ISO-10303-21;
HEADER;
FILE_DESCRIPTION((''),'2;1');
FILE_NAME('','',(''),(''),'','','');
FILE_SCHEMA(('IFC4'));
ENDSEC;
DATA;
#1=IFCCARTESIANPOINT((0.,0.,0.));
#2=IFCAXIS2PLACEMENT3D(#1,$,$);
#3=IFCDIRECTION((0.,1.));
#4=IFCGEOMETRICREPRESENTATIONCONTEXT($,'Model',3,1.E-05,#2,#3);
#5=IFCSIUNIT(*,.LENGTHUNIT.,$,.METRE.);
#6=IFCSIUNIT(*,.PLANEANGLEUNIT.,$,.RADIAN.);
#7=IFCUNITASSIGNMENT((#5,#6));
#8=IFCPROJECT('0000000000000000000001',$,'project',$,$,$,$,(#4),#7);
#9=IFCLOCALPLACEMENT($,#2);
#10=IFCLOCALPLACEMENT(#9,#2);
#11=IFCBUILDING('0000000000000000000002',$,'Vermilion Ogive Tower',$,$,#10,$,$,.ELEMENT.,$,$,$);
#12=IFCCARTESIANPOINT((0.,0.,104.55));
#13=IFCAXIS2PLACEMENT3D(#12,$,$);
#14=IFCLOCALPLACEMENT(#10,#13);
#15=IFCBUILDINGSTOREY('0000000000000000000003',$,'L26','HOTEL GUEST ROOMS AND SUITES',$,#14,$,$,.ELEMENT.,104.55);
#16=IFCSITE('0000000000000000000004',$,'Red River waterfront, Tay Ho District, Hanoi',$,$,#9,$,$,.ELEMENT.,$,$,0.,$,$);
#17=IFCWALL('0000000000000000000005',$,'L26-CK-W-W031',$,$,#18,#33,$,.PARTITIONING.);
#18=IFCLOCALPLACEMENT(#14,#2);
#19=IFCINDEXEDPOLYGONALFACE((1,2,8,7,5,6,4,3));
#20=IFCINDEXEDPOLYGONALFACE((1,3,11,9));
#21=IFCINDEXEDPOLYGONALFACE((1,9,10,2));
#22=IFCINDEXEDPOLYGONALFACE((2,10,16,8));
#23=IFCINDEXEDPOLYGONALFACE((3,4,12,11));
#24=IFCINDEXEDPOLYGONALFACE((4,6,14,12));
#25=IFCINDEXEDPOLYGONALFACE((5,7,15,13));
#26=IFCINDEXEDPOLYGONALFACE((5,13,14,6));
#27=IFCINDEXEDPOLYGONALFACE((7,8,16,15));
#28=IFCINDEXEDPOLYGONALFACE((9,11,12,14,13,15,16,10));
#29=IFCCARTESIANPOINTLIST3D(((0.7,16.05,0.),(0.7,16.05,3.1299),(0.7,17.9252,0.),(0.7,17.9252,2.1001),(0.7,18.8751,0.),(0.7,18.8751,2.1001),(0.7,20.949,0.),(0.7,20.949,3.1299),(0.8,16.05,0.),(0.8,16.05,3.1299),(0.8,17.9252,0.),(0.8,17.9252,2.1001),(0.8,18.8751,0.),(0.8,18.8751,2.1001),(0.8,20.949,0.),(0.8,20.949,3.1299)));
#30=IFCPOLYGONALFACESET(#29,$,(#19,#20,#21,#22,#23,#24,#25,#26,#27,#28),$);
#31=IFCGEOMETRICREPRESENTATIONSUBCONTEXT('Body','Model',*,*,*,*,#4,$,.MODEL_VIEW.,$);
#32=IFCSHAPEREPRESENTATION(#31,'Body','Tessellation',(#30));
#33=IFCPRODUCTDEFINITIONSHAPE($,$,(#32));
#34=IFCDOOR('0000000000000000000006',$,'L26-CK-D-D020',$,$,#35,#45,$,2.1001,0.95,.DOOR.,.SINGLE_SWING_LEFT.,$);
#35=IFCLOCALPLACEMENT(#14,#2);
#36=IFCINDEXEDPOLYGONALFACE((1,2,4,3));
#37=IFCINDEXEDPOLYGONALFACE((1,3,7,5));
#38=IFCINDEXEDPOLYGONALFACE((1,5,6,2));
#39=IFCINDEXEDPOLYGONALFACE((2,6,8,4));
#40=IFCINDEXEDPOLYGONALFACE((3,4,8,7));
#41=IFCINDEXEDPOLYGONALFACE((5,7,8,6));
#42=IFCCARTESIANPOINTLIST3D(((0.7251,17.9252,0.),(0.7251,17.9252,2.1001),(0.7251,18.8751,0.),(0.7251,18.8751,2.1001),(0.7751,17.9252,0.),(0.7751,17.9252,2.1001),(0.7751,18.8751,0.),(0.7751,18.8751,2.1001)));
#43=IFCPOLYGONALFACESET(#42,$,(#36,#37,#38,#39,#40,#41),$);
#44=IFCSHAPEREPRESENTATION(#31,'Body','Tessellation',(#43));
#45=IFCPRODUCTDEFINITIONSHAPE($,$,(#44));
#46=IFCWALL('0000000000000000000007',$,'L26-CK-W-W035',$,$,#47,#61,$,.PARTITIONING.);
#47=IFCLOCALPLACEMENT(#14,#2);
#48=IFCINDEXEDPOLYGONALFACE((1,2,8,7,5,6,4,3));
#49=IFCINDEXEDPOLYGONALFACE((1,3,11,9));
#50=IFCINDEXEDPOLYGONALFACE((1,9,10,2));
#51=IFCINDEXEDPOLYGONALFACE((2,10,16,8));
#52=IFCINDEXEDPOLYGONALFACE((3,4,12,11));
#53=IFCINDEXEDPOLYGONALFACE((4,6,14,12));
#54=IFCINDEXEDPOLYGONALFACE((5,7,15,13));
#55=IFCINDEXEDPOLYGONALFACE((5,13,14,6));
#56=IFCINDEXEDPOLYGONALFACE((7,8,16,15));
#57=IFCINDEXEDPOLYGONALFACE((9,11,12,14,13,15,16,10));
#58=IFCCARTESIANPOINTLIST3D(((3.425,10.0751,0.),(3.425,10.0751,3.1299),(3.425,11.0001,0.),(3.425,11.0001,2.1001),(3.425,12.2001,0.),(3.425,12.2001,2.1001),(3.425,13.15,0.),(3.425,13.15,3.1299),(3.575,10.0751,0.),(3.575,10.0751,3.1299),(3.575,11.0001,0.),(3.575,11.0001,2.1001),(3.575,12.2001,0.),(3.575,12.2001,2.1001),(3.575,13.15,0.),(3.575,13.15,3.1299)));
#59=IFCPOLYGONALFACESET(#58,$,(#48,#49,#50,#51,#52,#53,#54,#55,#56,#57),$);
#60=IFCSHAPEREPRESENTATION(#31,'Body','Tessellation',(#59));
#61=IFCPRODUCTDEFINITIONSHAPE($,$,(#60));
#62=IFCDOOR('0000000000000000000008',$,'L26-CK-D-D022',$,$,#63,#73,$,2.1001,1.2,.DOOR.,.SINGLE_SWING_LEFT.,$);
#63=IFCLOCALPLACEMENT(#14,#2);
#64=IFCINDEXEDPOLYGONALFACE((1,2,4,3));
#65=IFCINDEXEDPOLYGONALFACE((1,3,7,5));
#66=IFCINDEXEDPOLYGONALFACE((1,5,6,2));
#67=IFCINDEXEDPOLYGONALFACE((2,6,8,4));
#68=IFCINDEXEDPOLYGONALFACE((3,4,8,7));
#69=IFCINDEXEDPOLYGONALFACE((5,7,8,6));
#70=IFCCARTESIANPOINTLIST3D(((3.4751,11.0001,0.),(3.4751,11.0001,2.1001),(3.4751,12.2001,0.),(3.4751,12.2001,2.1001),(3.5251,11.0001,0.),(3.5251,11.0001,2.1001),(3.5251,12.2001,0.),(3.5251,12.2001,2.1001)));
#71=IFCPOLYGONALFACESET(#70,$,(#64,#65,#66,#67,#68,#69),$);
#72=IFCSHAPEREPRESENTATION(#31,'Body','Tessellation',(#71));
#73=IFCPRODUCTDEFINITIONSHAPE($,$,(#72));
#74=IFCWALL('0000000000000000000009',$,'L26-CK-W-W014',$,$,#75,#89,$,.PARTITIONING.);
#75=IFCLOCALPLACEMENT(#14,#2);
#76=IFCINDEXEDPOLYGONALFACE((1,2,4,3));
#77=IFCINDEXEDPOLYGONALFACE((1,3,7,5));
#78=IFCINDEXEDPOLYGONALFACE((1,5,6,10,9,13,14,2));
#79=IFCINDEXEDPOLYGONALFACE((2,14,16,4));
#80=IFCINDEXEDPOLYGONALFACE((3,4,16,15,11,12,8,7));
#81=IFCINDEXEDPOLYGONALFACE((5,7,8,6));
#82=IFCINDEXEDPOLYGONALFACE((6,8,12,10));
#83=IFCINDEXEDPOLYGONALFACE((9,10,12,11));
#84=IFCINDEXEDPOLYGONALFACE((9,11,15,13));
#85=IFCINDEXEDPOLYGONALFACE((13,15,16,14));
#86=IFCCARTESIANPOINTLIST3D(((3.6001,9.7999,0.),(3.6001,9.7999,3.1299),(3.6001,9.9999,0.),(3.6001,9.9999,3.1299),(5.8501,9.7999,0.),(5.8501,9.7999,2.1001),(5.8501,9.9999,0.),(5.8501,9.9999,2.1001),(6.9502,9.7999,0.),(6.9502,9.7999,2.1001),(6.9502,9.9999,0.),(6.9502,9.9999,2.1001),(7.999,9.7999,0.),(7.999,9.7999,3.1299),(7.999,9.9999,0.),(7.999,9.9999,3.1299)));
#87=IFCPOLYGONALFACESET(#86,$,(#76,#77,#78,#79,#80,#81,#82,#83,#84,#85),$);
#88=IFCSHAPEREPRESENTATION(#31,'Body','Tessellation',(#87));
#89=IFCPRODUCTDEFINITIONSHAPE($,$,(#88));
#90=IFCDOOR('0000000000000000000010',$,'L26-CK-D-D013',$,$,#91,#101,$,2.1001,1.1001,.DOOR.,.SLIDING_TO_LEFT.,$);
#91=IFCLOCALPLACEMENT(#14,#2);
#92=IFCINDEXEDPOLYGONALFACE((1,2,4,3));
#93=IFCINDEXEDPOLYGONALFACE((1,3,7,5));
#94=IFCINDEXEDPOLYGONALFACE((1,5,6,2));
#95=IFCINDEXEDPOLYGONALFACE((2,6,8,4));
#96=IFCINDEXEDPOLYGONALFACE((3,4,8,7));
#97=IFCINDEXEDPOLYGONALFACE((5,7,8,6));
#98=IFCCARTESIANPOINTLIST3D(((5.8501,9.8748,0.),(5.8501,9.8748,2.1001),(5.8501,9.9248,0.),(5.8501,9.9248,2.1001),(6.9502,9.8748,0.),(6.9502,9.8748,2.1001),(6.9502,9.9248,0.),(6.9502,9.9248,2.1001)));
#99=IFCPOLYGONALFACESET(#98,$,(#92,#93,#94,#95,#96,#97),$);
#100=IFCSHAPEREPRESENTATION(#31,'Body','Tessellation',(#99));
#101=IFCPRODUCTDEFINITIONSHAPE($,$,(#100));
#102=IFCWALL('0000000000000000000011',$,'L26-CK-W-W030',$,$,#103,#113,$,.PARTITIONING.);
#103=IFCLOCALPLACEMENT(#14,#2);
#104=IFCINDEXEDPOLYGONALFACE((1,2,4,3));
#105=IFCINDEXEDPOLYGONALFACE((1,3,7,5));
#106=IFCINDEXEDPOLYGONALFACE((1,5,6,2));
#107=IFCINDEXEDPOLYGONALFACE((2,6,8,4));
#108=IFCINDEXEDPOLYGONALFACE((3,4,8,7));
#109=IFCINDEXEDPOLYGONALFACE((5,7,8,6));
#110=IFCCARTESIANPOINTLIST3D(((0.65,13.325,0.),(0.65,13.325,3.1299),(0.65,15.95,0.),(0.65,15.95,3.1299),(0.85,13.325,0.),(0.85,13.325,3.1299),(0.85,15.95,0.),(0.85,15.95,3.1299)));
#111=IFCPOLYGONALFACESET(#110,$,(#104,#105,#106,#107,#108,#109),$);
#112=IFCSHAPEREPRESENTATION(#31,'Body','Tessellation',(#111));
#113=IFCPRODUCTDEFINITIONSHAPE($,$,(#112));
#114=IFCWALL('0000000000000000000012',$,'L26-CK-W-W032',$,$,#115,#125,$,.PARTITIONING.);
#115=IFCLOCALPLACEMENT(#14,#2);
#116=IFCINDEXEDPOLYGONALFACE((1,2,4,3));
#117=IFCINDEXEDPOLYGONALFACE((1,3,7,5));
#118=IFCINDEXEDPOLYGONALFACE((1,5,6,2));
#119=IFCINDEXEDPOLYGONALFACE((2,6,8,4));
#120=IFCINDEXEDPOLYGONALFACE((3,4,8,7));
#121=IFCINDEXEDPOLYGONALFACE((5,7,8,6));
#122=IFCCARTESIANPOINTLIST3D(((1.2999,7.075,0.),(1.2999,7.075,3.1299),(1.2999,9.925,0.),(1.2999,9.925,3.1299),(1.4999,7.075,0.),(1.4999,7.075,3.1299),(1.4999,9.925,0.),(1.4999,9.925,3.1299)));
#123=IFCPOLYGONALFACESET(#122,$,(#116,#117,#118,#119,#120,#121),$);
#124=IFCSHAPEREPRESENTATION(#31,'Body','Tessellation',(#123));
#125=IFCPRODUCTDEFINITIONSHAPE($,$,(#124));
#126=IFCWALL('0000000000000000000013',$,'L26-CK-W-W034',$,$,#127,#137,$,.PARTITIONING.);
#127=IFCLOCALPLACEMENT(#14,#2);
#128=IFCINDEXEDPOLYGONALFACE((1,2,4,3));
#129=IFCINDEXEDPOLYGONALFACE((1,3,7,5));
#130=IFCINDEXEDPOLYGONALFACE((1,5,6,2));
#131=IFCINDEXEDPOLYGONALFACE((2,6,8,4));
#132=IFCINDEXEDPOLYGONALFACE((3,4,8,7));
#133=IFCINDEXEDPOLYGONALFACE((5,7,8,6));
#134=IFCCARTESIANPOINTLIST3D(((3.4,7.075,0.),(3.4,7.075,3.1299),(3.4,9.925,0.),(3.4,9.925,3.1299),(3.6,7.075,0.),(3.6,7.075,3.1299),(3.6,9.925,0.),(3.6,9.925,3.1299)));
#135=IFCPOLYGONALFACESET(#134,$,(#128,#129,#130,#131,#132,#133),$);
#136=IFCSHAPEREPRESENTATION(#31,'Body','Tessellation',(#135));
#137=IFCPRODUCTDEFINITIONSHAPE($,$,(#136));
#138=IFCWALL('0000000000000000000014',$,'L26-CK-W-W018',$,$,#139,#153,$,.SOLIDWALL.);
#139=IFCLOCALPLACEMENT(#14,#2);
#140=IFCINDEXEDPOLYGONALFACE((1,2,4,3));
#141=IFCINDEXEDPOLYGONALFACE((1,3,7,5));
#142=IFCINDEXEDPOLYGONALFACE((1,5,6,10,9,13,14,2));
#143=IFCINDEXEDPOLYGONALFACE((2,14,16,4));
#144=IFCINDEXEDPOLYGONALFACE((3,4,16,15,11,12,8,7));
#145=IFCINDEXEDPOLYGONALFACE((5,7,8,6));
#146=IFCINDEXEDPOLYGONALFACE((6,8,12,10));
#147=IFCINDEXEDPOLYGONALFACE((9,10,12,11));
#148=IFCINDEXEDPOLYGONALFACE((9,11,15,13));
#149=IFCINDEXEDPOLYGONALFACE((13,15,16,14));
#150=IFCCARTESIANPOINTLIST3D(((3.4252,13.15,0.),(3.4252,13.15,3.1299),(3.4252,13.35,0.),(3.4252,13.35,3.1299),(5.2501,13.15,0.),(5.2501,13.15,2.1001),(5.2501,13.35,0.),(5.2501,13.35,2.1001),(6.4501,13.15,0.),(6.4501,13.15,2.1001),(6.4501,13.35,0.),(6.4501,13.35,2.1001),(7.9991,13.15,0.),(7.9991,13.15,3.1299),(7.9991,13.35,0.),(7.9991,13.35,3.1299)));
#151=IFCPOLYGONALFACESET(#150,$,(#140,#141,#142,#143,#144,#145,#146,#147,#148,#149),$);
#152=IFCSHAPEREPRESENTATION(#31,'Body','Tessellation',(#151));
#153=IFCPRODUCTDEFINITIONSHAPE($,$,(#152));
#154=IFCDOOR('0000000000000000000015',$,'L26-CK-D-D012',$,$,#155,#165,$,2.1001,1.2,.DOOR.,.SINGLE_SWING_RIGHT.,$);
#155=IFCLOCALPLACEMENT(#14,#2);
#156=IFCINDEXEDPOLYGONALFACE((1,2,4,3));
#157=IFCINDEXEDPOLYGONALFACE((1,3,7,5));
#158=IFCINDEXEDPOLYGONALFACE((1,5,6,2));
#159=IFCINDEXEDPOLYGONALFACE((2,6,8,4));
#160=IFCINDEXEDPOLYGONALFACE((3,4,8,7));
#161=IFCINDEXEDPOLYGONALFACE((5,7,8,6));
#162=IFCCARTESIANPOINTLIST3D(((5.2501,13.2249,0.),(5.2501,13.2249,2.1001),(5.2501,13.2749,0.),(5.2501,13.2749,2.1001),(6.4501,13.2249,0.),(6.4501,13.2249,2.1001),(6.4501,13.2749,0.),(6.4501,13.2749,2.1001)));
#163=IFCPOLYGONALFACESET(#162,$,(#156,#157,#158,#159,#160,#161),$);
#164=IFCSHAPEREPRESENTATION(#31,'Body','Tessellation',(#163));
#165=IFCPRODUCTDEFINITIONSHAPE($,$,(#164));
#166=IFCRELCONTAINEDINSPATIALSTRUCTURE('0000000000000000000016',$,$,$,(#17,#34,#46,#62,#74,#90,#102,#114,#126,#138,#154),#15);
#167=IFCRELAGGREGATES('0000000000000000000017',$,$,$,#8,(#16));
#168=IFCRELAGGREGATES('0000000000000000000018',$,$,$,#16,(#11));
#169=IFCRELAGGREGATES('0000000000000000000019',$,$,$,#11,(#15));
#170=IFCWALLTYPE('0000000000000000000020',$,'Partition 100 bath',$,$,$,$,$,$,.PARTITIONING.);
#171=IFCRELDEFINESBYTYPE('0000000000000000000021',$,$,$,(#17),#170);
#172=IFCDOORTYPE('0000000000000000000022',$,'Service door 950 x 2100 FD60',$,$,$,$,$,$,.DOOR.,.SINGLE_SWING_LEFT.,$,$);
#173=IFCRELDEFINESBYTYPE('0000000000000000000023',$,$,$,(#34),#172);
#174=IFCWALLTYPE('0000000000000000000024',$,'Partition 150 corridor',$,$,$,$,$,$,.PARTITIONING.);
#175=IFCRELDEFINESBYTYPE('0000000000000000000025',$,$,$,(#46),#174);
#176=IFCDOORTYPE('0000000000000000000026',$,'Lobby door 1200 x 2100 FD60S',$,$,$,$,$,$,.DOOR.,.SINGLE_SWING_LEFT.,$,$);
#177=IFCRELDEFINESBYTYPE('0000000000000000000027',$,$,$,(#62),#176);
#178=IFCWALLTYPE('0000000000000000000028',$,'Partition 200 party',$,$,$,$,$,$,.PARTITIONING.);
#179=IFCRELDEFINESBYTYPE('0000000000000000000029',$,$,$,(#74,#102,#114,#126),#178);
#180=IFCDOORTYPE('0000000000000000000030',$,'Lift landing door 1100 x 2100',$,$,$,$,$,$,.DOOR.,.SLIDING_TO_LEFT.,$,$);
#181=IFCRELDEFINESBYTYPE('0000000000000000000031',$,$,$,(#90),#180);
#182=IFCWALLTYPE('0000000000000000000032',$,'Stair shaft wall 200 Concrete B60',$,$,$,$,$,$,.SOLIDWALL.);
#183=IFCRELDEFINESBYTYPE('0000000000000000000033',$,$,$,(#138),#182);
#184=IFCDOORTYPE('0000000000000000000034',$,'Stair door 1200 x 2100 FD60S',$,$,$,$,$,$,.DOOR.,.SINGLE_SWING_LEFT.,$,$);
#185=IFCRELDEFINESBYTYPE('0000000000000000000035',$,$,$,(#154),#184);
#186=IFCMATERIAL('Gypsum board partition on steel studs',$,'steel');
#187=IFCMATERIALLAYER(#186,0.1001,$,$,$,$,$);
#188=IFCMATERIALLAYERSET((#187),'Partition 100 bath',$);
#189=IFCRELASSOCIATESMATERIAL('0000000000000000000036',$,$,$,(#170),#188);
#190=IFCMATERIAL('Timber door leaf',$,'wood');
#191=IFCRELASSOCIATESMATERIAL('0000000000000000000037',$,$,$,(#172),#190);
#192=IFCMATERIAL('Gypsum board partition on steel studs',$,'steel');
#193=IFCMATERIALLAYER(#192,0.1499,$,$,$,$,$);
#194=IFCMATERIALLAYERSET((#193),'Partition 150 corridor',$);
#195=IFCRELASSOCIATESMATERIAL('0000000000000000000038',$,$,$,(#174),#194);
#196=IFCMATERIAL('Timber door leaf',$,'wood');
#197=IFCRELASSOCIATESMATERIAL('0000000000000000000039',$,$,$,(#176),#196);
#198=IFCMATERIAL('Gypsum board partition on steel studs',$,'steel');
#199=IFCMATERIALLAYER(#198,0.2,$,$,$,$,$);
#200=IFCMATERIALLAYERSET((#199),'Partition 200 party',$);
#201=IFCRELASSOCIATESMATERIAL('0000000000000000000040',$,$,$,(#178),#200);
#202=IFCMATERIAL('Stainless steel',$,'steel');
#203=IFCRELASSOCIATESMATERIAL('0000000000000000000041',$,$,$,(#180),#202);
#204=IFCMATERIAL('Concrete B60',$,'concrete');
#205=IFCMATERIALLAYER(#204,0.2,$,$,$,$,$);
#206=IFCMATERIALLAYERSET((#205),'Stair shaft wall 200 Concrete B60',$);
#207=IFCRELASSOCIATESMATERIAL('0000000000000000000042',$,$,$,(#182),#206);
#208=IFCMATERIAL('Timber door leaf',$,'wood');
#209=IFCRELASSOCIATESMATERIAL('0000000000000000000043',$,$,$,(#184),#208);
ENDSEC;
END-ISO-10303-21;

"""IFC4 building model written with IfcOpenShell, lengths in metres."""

from ifc_helpers import new_model, si_unit, direction, frame, frame_2d, origin, place, context, subcontext, project, spatial, rectangle, extrude, material, layer, layer_set, type_object, element, fill, save


model = new_model("IFC4")

# Units and contexts
model_context = context("Model", 3, precision=1e-05, world=origin(), true_north=direction((0.0, 1.0)))
body_context = subcontext(model_context, "Body", "Model", "MODEL_VIEW")
ifc_project = project(units=[si_unit("LENGTHUNIT", "METRE"), si_unit("PLANEANGLEUNIT", "RADIAN")], contexts=[model_context])

# Site, building, storey
site_placement = place(None, origin())
site = spatial("IfcSite", under=ifc_project, at=site_placement, Name="Red River waterfront, Tay Ho District, Hanoi", CompositionType="ELEMENT", RefElevation=0.0)
building_placement = place(site_placement, origin())
building = spatial("IfcBuilding", under=site, at=building_placement, Name="Vermilion Ogive Tower", CompositionType="ELEMENT")
storey_placement = place(building_placement, frame((0.0, 0.0, 104.55)))
storey = spatial("IfcBuildingStorey", under=building, at=storey_placement, Name="L26", Description="HOTEL GUEST ROOMS AND SUITES", CompositionType="ELEMENT", Elevation=104.55)

# Shared definitions
ifc_material_1 = material(Name="Gypsum board partition on steel studs", Category="steel")
ifc_layer_1 = layer(ifc_material_1, 0.1001)
ifc_layer_set_1 = layer_set([ifc_layer_1], Name="Partition 100 bath")
wall_type_1 = type_object("IfcWallType", Name="Partition 100 bath", PredefinedType="PARTITIONING", material=ifc_layer_set_1)

# Walls, openings, doors
wall_1_placement = place(storey_placement, frame((0.75, 16.05, 0.0), z_axis=(0.0, 0.0, 1.0), x_axis=(0.0, 1.0, 0.0)))
wall_1 = element("IfcWall", 1, at=wall_1_placement, inside=storey, type_object=wall_type_1, Name="L26-CK-W-W031", PredefinedType="PARTITIONING", context=body_context, shape_type="SweptSolid", body=[
    extrude(rectangle(XDim=4.8989, YDim=0.1001, at=frame_2d((2.4495, 0.0))), origin(), (0.0, 0.0, 1.0), 3.1299),
])
opening_1_placement = place(wall_1_placement, frame((1.875, 0.0, 0.0)))
opening_1 = element("IfcOpeningElement", 2, at=opening_1_placement, cuts=wall_1, PredefinedType="OPENING", context=body_context, shape_type="SweptSolid", body=[
    extrude(rectangle(XDim=0.95, YDim=2.1001, at=frame_2d((0.4751, 1.05))), frame((0.0, 0.0601, 0.0), z_axis=(0.0, -1.0, 0.0), x_axis=(1.0, 0.0, 0.0)), (0.0, 0.0, 1.0), 0.1201),
])
ifc_material_2 = material(Name="Timber door leaf", Category="wood")
door_type_1 = type_object("IfcDoorType", Name="Service door 950 x 2100 FD60", OperationType="SINGLE_SWING_LEFT", PredefinedType="DOOR", material=ifc_material_2)
door_1_placement = place(opening_1_placement, origin())
door_1 = element("IfcDoor", 3, at=door_1_placement, inside=storey, type_object=door_type_1, Name="L26-CK-D-D020", OperationType="SINGLE_SWING_LEFT", OverallHeight=2.1001, OverallWidth=0.95, PredefinedType="DOOR", context=body_context, shape_type="SweptSolid", body=[
    extrude(rectangle(XDim=0.95, YDim=2.1001, at=frame_2d((0.4751, 1.05))), frame((0.0, 0.0249, 0.0), z_axis=(0.0, -1.0, 0.0), x_axis=(1.0, 0.0, 0.0)), (0.0, 0.0, 1.0), 0.05),
])
fill(opening_1, door_1)
ifc_material_3 = material(Name="Gypsum board partition on steel studs", Category="steel")
ifc_layer_2 = layer(ifc_material_3, 0.1499)
ifc_layer_set_2 = layer_set([ifc_layer_2], Name="Partition 150 corridor")
wall_type_2 = type_object("IfcWallType", Name="Partition 150 corridor", PredefinedType="PARTITIONING", material=ifc_layer_set_2)
wall_2_placement = place(storey_placement, frame((3.5, 10.075, 0.0), z_axis=(0.0, 0.0, 1.0), x_axis=(0.0, 1.0, 0.0)))
wall_2 = element("IfcWall", 4, at=wall_2_placement, inside=storey, type_object=wall_type_2, Name="L26-CK-W-W035", PredefinedType="PARTITIONING", context=body_context, shape_type="SweptSolid", body=[
    extrude(rectangle(XDim=3.075, YDim=0.1499, at=frame_2d((1.5376, 0.0))), origin(), (0.0, 0.0, 1.0), 3.1299),
])
opening_2_placement = place(wall_2_placement, frame((0.925, 0.0, 0.0)))
opening_2 = element("IfcOpeningElement", 5, at=opening_2_placement, cuts=wall_2, PredefinedType="OPENING", context=body_context, shape_type="SweptSolid", body=[
    extrude(rectangle(XDim=1.2, YDim=2.1001, at=frame_2d((0.6001, 1.05))), frame((0.0, 0.085, 0.0), z_axis=(0.0, -1.0, 0.0), x_axis=(1.0, 0.0, 0.0)), (0.0, 0.0, 1.0), 0.1699),
])
ifc_material_4 = material(Name="Timber door leaf", Category="wood")
door_type_2 = type_object("IfcDoorType", Name="Lobby door 1200 x 2100 FD60S", OperationType="SINGLE_SWING_LEFT", PredefinedType="DOOR", material=ifc_material_4)
door_2_placement = place(opening_2_placement, origin())
door_2 = element("IfcDoor", 6, at=door_2_placement, inside=storey, type_object=door_type_2, Name="L26-CK-D-D022", OperationType="SINGLE_SWING_LEFT", OverallHeight=2.1001, OverallWidth=1.2, PredefinedType="DOOR", context=body_context, shape_type="SweptSolid", body=[
    extrude(rectangle(XDim=1.2, YDim=2.1001, at=frame_2d((0.6001, 1.05))), frame((0.0, 0.0249, 0.0), z_axis=(0.0, -1.0, 0.0), x_axis=(1.0, 0.0, 0.0)), (0.0, 0.0, 1.0), 0.05),
])
fill(opening_2, door_2)
ifc_material_5 = material(Name="Gypsum board partition on steel studs", Category="steel")
ifc_layer_3 = layer(ifc_material_5, 0.2)
ifc_layer_set_3 = layer_set([ifc_layer_3], Name="Partition 200 party")
wall_type_3 = type_object("IfcWallType", Name="Partition 200 party", PredefinedType="PARTITIONING", material=ifc_layer_set_3)
wall_3_placement = place(storey_placement, frame((3.6001, 9.8999, 0.0), z_axis=(0.0, 0.0, 1.0), x_axis=(1.0, 0.0, 0.0)))
wall_3 = element("IfcWall", 7, at=wall_3_placement, inside=storey, type_object=wall_type_3, Name="L26-CK-W-W014", PredefinedType="PARTITIONING", context=body_context, shape_type="SweptSolid", body=[
    extrude(rectangle(XDim=4.3989, YDim=0.2, at=frame_2d((2.1995, 0.0))), origin(), (0.0, 0.0, 1.0), 3.1299),
])
opening_3_placement = place(wall_3_placement, frame((2.25, 0.0, 0.0)))
opening_3 = element("IfcOpeningElement", 8, at=opening_3_placement, cuts=wall_3, PredefinedType="OPENING", context=body_context, shape_type="SweptSolid", body=[
    extrude(rectangle(XDim=1.1001, YDim=2.1001, at=frame_2d((0.55, 1.05))), frame((0.0, 0.1099, 0.0), z_axis=(0.0, -1.0, 0.0), x_axis=(1.0, 0.0, 0.0)), (0.0, 0.0, 1.0), 0.22),
])
ifc_material_6 = material(Name="Stainless steel", Category="steel")
door_type_3 = type_object("IfcDoorType", Name="Lift landing door 1100 x 2100", OperationType="SLIDING_TO_LEFT", PredefinedType="DOOR", material=ifc_material_6)
door_3_placement = place(opening_3_placement, origin())
door_3 = element("IfcDoor", 9, at=door_3_placement, inside=storey, type_object=door_type_3, Name="L26-CK-D-D013", OperationType="SLIDING_TO_LEFT", OverallHeight=2.1001, OverallWidth=1.1001, PredefinedType="DOOR", context=body_context, shape_type="SweptSolid", body=[
    extrude(rectangle(XDim=1.1001, YDim=2.1001, at=frame_2d((0.55, 1.05))), frame((0.0, 0.0249, 0.0), z_axis=(0.0, -1.0, 0.0), x_axis=(1.0, 0.0, 0.0)), (0.0, 0.0, 1.0), 0.05),
])
fill(opening_3, door_3)

# Walls
wall_4_placement = place(storey_placement, frame((0.75, 13.325, 0.0), z_axis=(0.0, 0.0, 1.0), x_axis=(0.0, 1.0, 0.0)))
element("IfcWall", 10, at=wall_4_placement, inside=storey, type_object=wall_type_3, Name="L26-CK-W-W030", PredefinedType="PARTITIONING", context=body_context, shape_type="SweptSolid", body=[
    extrude(rectangle(XDim=2.625, YDim=0.2, at=frame_2d((1.3125, 0.0))), origin(), (0.0, 0.0, 1.0), 3.1299),
])
for number, where, z_axis, x_axis, name in (
    (11, (1.3999, 7.075, 0.0), (0.0, 0.0, 1.0), (0.0, 1.0, 0.0), "L26-CK-W-W032"),
    (12, (3.5, 7.075, 0.0), (0.0, 0.0, 1.0), (0.0, 1.0, 0.0), "L26-CK-W-W034"),
):
    element("IfcWall", number, at=place(storey_placement, frame(where, z_axis=z_axis, x_axis=x_axis)), inside=storey, type_object=wall_type_3, Name=name, PredefinedType="PARTITIONING", context=body_context, shape_type="SweptSolid", body=[
        extrude(rectangle(XDim=2.8501, YDim=0.2, at=frame_2d((1.425, 0.0))), origin(), (0.0, 0.0, 1.0), 3.1299),
    ])

# Wall, opening, door
ifc_material_7 = material(Name="Concrete B60", Category="concrete")
ifc_layer_4 = layer(ifc_material_7, 0.2)
ifc_layer_set_4 = layer_set([ifc_layer_4], Name="Stair shaft wall 200 Concrete B60")
wall_type_4 = type_object("IfcWallType", Name="Stair shaft wall 200 Concrete B60", PredefinedType="SOLIDWALL", material=ifc_layer_set_4)
wall_5_placement = place(storey_placement, frame((3.425, 13.25, 0.0), z_axis=(0.0, 0.0, 1.0), x_axis=(1.0, 0.0, 0.0)))
wall_5 = element("IfcWall", 13, at=wall_5_placement, inside=storey, type_object=wall_type_4, Name="L26-CK-W-W018", PredefinedType="SOLIDWALL", context=body_context, shape_type="SweptSolid", body=[
    extrude(rectangle(XDim=4.574, YDim=0.2, at=frame_2d((2.2871, 0.0))), origin(), (0.0, 0.0, 1.0), 3.1299),
])
opening_4_placement = place(wall_5_placement, frame((1.825, 0.0, 0.0)))
opening_4 = element("IfcOpeningElement", 14, at=opening_4_placement, cuts=wall_5, PredefinedType="OPENING", context=body_context, shape_type="SweptSolid", body=[
    extrude(rectangle(XDim=1.2, YDim=2.1001, at=frame_2d((0.6001, 1.05))), frame((0.0, 0.1099, 0.0), z_axis=(0.0, -1.0, 0.0), x_axis=(1.0, 0.0, 0.0)), (0.0, 0.0, 1.0), 0.22),
])
ifc_material_8 = material(Name="Timber door leaf", Category="wood")
door_type_4 = type_object("IfcDoorType", Name="Stair door 1200 x 2100 FD60S", OperationType="SINGLE_SWING_LEFT", PredefinedType="DOOR", material=ifc_material_8)
door_4_placement = place(opening_4_placement, origin())
door_4 = element("IfcDoor", 15, at=door_4_placement, inside=storey, type_object=door_type_4, Name="L26-CK-D-D012", OperationType="SINGLE_SWING_RIGHT", OverallHeight=2.1001, OverallWidth=1.2, PredefinedType="DOOR", context=body_context, shape_type="SweptSolid", body=[
    extrude(rectangle(XDim=1.2, YDim=2.1001, at=frame_2d((0.6001, 1.05))), frame((0.0, 0.0249, 0.0), z_axis=(0.0, -1.0, 0.0), x_axis=(1.0, 0.0, 0.0)), (0.0, 0.0, 1.0), 0.05),
])
fill(opening_4, door_4)

save(model, "model.ifc")
